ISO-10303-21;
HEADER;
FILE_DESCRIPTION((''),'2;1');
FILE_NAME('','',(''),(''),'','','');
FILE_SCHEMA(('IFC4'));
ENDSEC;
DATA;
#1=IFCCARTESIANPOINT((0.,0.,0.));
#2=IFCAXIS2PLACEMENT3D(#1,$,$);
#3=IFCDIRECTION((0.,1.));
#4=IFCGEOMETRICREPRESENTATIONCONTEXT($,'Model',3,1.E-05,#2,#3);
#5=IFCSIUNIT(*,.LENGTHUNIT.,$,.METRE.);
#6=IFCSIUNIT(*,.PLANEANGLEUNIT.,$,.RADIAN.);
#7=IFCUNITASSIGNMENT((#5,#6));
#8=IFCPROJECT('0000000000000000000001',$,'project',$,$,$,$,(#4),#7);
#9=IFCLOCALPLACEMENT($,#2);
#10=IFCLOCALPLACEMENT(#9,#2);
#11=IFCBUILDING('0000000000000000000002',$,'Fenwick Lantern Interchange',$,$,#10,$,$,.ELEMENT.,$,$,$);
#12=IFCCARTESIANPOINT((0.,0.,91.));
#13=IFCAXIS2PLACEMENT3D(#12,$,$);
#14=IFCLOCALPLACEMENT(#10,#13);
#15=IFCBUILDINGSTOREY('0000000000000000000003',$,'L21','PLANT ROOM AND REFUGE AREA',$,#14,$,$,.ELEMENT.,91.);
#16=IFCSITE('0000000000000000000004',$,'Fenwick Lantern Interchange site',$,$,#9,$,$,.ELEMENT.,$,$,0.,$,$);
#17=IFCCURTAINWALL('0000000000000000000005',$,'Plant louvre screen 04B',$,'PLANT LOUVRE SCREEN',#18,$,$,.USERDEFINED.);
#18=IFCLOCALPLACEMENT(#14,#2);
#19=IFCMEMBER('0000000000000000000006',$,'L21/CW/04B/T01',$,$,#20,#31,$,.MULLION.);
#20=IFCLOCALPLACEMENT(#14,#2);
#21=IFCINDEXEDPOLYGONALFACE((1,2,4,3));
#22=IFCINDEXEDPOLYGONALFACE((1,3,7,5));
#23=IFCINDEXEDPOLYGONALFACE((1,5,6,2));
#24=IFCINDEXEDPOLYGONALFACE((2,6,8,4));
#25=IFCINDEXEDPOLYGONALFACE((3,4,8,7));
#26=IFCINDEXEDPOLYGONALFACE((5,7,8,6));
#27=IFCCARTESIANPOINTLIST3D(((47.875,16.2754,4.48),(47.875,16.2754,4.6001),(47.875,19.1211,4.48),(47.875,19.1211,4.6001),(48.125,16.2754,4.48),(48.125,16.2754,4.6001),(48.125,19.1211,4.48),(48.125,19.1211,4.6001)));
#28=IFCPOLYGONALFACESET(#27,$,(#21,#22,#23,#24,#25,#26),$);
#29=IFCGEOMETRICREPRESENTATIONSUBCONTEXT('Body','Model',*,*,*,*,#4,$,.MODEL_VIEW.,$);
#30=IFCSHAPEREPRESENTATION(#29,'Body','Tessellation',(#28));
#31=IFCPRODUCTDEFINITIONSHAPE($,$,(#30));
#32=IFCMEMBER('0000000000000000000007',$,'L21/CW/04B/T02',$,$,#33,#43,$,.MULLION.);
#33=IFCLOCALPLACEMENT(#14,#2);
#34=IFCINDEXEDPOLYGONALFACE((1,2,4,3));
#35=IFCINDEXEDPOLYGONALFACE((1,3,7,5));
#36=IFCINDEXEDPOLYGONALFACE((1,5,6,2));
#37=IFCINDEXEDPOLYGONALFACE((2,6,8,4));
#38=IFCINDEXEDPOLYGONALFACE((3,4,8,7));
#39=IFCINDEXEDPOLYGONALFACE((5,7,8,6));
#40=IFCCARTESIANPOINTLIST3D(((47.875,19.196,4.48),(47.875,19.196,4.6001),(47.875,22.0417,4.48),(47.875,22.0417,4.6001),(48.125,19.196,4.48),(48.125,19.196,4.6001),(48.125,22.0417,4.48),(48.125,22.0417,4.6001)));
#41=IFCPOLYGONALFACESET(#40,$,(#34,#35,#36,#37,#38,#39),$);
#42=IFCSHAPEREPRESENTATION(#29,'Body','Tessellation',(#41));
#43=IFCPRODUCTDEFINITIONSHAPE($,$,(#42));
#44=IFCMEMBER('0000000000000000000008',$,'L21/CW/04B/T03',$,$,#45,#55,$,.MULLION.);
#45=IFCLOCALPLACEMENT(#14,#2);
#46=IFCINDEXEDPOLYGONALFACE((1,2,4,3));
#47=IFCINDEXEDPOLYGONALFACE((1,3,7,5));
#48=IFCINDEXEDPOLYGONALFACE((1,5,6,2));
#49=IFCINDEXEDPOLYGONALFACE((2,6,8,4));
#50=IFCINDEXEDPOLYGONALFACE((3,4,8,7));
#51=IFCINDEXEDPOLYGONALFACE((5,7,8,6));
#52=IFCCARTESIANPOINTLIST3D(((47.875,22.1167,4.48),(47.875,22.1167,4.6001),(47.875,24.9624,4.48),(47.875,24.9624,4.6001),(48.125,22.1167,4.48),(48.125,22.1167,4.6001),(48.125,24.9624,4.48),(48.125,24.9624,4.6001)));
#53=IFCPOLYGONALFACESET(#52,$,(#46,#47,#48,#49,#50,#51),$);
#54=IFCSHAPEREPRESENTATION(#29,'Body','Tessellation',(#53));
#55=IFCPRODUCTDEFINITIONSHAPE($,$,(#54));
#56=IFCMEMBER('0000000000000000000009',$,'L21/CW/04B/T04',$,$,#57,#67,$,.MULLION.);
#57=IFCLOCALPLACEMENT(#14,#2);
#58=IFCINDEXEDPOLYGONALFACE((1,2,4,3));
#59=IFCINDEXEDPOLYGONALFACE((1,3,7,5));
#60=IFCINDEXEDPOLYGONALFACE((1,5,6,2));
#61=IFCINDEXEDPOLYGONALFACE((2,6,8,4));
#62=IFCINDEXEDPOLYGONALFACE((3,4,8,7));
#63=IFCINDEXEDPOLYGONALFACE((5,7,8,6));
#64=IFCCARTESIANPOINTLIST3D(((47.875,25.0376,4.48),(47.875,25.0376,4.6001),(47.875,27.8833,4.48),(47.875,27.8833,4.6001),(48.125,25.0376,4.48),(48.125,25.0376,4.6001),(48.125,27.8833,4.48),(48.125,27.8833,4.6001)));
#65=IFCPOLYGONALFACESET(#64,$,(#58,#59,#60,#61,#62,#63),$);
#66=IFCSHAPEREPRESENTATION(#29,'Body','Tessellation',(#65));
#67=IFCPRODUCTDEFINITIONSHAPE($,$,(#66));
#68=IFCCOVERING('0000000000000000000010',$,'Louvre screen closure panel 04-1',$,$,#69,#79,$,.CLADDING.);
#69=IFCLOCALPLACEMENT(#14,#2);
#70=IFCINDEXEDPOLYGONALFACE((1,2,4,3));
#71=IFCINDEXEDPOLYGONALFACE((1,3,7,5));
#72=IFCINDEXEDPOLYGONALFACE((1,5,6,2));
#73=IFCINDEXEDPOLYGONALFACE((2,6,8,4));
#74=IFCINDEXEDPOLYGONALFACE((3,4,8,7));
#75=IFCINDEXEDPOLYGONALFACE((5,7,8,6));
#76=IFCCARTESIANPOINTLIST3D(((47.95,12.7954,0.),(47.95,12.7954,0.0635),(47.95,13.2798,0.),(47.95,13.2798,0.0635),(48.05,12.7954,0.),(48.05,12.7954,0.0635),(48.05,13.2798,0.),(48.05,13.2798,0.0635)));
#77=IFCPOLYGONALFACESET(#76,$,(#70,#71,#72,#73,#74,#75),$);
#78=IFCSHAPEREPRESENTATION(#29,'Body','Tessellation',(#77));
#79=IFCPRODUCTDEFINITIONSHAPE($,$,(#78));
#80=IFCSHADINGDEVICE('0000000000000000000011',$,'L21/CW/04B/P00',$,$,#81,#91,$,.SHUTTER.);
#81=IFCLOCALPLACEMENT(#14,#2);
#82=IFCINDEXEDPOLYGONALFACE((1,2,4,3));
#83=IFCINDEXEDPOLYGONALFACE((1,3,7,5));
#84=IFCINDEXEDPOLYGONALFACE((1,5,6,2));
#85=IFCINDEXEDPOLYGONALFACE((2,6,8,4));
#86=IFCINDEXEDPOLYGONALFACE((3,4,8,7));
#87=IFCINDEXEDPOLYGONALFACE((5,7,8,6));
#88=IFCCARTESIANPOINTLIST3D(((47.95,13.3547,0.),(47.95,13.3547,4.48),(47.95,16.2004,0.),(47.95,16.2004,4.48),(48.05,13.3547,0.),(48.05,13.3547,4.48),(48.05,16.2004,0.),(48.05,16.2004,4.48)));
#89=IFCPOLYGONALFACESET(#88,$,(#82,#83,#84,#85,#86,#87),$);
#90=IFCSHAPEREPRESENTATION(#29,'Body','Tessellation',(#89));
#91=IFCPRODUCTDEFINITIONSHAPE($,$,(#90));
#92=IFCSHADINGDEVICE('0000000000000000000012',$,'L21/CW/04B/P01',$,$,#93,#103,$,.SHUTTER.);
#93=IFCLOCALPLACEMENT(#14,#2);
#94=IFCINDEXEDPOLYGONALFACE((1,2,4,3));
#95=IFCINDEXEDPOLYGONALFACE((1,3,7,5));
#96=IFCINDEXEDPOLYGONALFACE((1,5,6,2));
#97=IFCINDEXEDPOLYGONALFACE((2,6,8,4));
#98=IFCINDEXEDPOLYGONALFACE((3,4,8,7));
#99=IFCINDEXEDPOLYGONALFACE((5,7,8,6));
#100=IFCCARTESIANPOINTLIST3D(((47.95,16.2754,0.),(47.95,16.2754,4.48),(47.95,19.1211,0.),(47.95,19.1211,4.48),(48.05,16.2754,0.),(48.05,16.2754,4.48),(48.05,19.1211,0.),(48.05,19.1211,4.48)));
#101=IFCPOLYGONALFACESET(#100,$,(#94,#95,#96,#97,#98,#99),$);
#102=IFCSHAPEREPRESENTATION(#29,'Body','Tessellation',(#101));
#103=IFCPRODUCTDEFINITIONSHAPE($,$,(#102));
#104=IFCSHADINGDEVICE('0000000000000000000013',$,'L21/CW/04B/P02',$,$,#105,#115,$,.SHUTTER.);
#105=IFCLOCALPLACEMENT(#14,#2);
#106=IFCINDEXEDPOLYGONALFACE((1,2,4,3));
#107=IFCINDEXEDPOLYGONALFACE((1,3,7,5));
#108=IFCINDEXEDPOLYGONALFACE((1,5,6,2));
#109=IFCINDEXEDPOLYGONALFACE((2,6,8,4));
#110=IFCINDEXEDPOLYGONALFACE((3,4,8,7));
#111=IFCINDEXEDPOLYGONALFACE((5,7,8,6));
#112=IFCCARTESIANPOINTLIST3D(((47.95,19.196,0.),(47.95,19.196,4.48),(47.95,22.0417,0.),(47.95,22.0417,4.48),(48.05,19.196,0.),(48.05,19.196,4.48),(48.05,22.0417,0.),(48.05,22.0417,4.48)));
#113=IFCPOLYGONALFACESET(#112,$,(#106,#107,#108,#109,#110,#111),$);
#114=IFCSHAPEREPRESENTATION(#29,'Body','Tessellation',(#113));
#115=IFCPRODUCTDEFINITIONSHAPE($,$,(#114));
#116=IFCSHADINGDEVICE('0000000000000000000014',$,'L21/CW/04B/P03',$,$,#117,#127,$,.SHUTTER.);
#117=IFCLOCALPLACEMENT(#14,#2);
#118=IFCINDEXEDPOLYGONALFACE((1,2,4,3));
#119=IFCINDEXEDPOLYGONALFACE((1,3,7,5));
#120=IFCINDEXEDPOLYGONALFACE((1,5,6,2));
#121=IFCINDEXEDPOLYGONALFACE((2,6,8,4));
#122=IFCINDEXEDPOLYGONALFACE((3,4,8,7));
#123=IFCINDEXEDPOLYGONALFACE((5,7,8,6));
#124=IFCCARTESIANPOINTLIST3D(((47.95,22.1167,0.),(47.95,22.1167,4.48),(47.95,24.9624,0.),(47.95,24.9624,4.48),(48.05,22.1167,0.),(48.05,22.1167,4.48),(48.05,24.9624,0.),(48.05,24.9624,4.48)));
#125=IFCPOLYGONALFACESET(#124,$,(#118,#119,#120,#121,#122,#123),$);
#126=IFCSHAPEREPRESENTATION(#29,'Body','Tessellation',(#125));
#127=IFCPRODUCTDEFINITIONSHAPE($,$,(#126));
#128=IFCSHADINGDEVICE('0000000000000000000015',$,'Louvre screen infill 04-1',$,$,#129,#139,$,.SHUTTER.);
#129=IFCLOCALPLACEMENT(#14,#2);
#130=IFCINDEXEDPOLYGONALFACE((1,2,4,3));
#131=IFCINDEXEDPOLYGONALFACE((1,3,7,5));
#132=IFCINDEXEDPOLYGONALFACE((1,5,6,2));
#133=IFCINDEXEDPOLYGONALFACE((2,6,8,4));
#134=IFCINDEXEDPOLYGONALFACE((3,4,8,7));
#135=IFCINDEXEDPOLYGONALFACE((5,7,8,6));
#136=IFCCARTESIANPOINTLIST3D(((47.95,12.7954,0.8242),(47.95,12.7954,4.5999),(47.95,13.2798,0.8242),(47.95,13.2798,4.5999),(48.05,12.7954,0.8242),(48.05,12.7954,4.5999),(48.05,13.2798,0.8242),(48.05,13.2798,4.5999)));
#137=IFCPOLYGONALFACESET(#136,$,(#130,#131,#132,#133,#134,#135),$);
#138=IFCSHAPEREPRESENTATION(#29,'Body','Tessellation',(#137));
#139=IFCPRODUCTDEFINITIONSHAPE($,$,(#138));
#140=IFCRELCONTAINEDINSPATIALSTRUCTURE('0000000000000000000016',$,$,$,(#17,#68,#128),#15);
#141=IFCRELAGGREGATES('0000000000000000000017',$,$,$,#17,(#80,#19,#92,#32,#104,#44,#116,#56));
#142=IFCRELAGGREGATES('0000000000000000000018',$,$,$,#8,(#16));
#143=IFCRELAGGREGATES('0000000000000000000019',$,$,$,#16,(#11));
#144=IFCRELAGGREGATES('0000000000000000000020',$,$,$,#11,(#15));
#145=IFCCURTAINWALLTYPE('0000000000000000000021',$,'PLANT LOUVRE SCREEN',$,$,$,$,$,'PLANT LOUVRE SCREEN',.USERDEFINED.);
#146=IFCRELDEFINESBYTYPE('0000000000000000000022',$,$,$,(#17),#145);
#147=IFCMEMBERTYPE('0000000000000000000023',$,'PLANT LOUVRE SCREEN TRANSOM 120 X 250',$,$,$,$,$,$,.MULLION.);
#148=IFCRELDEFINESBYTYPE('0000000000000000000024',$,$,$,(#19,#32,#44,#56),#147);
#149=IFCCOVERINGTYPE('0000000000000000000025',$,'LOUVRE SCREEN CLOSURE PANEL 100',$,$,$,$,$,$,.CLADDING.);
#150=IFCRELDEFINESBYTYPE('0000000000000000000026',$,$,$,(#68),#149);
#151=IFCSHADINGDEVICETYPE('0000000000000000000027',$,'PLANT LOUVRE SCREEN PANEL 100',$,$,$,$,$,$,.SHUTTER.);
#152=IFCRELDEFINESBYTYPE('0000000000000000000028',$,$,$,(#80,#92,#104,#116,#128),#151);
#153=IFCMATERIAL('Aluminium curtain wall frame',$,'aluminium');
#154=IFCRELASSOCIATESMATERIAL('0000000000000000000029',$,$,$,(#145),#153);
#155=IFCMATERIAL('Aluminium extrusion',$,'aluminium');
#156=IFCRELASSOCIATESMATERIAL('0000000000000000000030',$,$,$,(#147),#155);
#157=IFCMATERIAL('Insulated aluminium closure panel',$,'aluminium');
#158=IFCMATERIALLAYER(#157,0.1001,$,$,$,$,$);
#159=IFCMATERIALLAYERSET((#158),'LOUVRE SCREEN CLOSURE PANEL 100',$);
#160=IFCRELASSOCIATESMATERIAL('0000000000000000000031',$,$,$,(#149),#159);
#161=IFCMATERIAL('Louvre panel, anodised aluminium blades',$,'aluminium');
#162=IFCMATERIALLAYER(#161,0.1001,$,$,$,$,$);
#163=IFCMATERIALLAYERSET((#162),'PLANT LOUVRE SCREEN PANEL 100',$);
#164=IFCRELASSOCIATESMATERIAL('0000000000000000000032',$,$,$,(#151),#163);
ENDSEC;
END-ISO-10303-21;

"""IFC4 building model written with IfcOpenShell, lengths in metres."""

from ifc_helpers import new_model, si_unit, direction, frame, origin, origin_2d, place, context, subcontext, project, spatial, rectangle, extrude, material, layer, layer_set, material_profile, profile_set, type_object, element, aggregate, save


model = new_model("IFC4")

# Units and contexts
model_context = context("Model", 3, precision=1e-05, world=origin(), true_north=direction((0.0, 1.0)))
body_context = subcontext(model_context, "Body", "Model", "MODEL_VIEW")
ifc_project = project(units=[si_unit("LENGTHUNIT", "METRE"), si_unit("PLANEANGLEUNIT", "RADIAN")], contexts=[model_context])

# Site, building, storey
site_placement = place(None, origin())
site = spatial("IfcSite", under=ifc_project, at=site_placement, Name="Fenwick Lantern Interchange site", CompositionType="ELEMENT", RefElevation=0.0)
building_placement = place(site_placement, origin())
building = spatial("IfcBuilding", under=site, at=building_placement, Name="Fenwick Lantern Interchange", CompositionType="ELEMENT")
storey_placement = place(building_placement, frame((0.0, 0.0, 91.0)))
storey = spatial("IfcBuildingStorey", under=building, at=storey_placement, Name="L21", Description="PLANT ROOM AND REFUGE AREA", CompositionType="ELEMENT", Elevation=91.0)

# Shared definitions
ifc_material_1 = material(Name="Aluminium curtain wall frame", Category="aluminium")
curtain_wall_type = type_object("IfcCurtainWallType", Name="PLANT LOUVRE SCREEN", ElementType="PLANT LOUVRE SCREEN", PredefinedType="USERDEFINED", material=ifc_material_1)
ifc_material_2 = material(Name="Aluminium extrusion", Category="aluminium")

# Curtain wall, members
curtain_wall_1_placement = place(storey_placement, origin())
curtain_wall_1 = element("IfcCurtainWall", 1, at=curtain_wall_1_placement, inside=storey, type_object=curtain_wall_type, Name="Plant louvre screen 04B", ObjectType="PLANT LOUVRE SCREEN", PredefinedType="USERDEFINED")
ifc_material_profile_1 = material_profile(ifc_material_2, rectangle(XDim=0.25, YDim=0.1201, at=origin_2d()), Name="PLANT LOUVRE SCREEN TRANSOM 120 X 250")
ifc_profile_set_1 = profile_set([ifc_material_profile_1], Name="Aluminium extrusion")
member_type_1 = type_object("IfcMemberType", Name="PLANT LOUVRE SCREEN TRANSOM 120 X 250", PredefinedType="MULLION", material=ifc_profile_set_1)
member_1_placement = place(storey_placement, frame((48.0, 16.2754, 4.54), z_axis=(0.0, 1.0, 0.0), x_axis=(-1.0, 0.0, 0.0)))
member_1 = element("IfcMember", 2, at=member_1_placement, type_object=member_type_1, Name="L21/CW/04B/T01", PredefinedType="MULLION", context=body_context, shape_type="SweptSolid", body=[
    extrude(rectangle(XDim=0.25, YDim=0.1201, at=origin_2d()), origin(), (0.0, 0.0, 1.0), 2.8457),
])
member_2_placement = place(storey_placement, frame((48.0, 19.196, 4.54), z_axis=(0.0, 1.0, 0.0), x_axis=(-1.0, 0.0, 0.0)))
member_2 = element("IfcMember", 3, at=member_2_placement, type_object=member_type_1, Name="L21/CW/04B/T02", PredefinedType="MULLION", context=body_context, shape_type="SweptSolid", body=[
    extrude(rectangle(XDim=0.25, YDim=0.1201, at=origin_2d()), origin(), (0.0, 0.0, 1.0), 2.8457),
])
member_3_placement = place(storey_placement, frame((48.0, 22.1167, 4.54), z_axis=(0.0, 1.0, 0.0), x_axis=(-1.0, 0.0, 0.0)))
member_3 = element("IfcMember", 4, at=member_3_placement, type_object=member_type_1, Name="L21/CW/04B/T03", PredefinedType="MULLION", context=body_context, shape_type="SweptSolid", body=[
    extrude(rectangle(XDim=0.25, YDim=0.1201, at=origin_2d()), origin(), (0.0, 0.0, 1.0), 2.8457),
])
member_4_placement = place(storey_placement, frame((48.0, 25.0376, 4.54), z_axis=(0.0, 1.0, 0.0), x_axis=(-1.0, 0.0, 0.0)))
member_4 = element("IfcMember", 5, at=member_4_placement, type_object=member_type_1, Name="L21/CW/04B/T04", PredefinedType="MULLION", context=body_context, shape_type="SweptSolid", body=[
    extrude(rectangle(XDim=0.25, YDim=0.1201, at=origin_2d()), origin(), (0.0, 0.0, 1.0), 2.8457),
])

# Covering
ifc_material_3 = material(Name="Insulated aluminium closure panel", Category="aluminium")
ifc_layer_1 = layer(ifc_material_3, 0.1001)
ifc_layer_set_1 = layer_set([ifc_layer_1], Name="LOUVRE SCREEN CLOSURE PANEL 100")
covering_type = type_object("IfcCoveringType", Name="LOUVRE SCREEN CLOSURE PANEL 100", PredefinedType="CLADDING", material=ifc_layer_set_1)
covering_placement = place(storey_placement, frame((48.0, 13.0376, 0.0), z_axis=(0.0, 0.0, 1.0), x_axis=(0.0, 1.0, 0.0)))
element("IfcCovering", 6, at=covering_placement, inside=storey, type_object=covering_type, Name="Louvre screen closure panel 04-1", PredefinedType="CLADDING", context=body_context, shape_type="SweptSolid", body=[
    extrude(rectangle(XDim=0.4844, YDim=0.1001, at=origin_2d()), origin(), (0.0, 0.0, 1.0), 0.0635),
])

# Shading devices
ifc_material_4 = material(Name="Louvre panel, anodised aluminium blades", Category="aluminium")
ifc_layer_2 = layer(ifc_material_4, 0.1001)
ifc_layer_set_2 = layer_set([ifc_layer_2], Name="PLANT LOUVRE SCREEN PANEL 100")
shading_device_type = type_object("IfcShadingDeviceType", Name="PLANT LOUVRE SCREEN PANEL 100", PredefinedType="SHUTTER", material=ifc_layer_set_2)
shading_device_1_placement = place(storey_placement, frame((48.0, 14.7776, 0.0), z_axis=(0.0, 0.0, 1.0), x_axis=(0.0, 1.0, 0.0)))
shading_device_1 = element("IfcShadingDevice", 7, at=shading_device_1_placement, type_object=shading_device_type, Name="L21/CW/04B/P00", PredefinedType="SHUTTER", context=body_context, shape_type="SweptSolid", body=[
    extrude(rectangle(XDim=2.8457, YDim=0.1001, at=origin_2d()), origin(), (0.0, 0.0, 1.0), 4.48),
])
shading_device_2_placement = place(storey_placement, frame((48.0, 17.6982, 0.0), z_axis=(0.0, 0.0, 1.0), x_axis=(0.0, 1.0, 0.0)))
shading_device_2 = element("IfcShadingDevice", 8, at=shading_device_2_placement, type_object=shading_device_type, Name="L21/CW/04B/P01", PredefinedType="SHUTTER", context=body_context, shape_type="SweptSolid", body=[
    extrude(rectangle(XDim=2.8457, YDim=0.1001, at=origin_2d()), origin(), (0.0, 0.0, 1.0), 4.48),
])
shading_device_3_placement = place(storey_placement, frame((48.0, 20.6189, 0.0), z_axis=(0.0, 0.0, 1.0), x_axis=(0.0, 1.0, 0.0)))
shading_device_3 = element("IfcShadingDevice", 9, at=shading_device_3_placement, type_object=shading_device_type, Name="L21/CW/04B/P02", PredefinedType="SHUTTER", context=body_context, shape_type="SweptSolid", body=[
    extrude(rectangle(XDim=2.8457, YDim=0.1001, at=origin_2d()), origin(), (0.0, 0.0, 1.0), 4.48),
])
shading_device_4_placement = place(storey_placement, frame((48.0, 23.5396, 0.0), z_axis=(0.0, 0.0, 1.0), x_axis=(0.0, 1.0, 0.0)))
shading_device_4 = element("IfcShadingDevice", 10, at=shading_device_4_placement, type_object=shading_device_type, Name="L21/CW/04B/P03", PredefinedType="SHUTTER", context=body_context, shape_type="SweptSolid", body=[
    extrude(rectangle(XDim=2.8457, YDim=0.1001, at=origin_2d()), origin(), (0.0, 0.0, 1.0), 4.48),
])
aggregate(curtain_wall_1, [shading_device_1, member_1, shading_device_2, member_2, shading_device_3, member_3, shading_device_4, member_4])
shading_device_5_placement = place(storey_placement, frame((48.0, 13.0376, 0.8242), z_axis=(0.0, 0.0, 1.0), x_axis=(0.0, 1.0, 0.0)))
element("IfcShadingDevice", 11, at=shading_device_5_placement, inside=storey, type_object=shading_device_type, Name="Louvre screen infill 04-1", PredefinedType="SHUTTER", context=body_context, shape_type="SweptSolid", body=[
    extrude(rectangle(XDim=0.4844, YDim=0.1001, at=origin_2d()), origin(), (0.0, 0.0, 1.0), 3.7756),
])

save(model, "model.ifc")
